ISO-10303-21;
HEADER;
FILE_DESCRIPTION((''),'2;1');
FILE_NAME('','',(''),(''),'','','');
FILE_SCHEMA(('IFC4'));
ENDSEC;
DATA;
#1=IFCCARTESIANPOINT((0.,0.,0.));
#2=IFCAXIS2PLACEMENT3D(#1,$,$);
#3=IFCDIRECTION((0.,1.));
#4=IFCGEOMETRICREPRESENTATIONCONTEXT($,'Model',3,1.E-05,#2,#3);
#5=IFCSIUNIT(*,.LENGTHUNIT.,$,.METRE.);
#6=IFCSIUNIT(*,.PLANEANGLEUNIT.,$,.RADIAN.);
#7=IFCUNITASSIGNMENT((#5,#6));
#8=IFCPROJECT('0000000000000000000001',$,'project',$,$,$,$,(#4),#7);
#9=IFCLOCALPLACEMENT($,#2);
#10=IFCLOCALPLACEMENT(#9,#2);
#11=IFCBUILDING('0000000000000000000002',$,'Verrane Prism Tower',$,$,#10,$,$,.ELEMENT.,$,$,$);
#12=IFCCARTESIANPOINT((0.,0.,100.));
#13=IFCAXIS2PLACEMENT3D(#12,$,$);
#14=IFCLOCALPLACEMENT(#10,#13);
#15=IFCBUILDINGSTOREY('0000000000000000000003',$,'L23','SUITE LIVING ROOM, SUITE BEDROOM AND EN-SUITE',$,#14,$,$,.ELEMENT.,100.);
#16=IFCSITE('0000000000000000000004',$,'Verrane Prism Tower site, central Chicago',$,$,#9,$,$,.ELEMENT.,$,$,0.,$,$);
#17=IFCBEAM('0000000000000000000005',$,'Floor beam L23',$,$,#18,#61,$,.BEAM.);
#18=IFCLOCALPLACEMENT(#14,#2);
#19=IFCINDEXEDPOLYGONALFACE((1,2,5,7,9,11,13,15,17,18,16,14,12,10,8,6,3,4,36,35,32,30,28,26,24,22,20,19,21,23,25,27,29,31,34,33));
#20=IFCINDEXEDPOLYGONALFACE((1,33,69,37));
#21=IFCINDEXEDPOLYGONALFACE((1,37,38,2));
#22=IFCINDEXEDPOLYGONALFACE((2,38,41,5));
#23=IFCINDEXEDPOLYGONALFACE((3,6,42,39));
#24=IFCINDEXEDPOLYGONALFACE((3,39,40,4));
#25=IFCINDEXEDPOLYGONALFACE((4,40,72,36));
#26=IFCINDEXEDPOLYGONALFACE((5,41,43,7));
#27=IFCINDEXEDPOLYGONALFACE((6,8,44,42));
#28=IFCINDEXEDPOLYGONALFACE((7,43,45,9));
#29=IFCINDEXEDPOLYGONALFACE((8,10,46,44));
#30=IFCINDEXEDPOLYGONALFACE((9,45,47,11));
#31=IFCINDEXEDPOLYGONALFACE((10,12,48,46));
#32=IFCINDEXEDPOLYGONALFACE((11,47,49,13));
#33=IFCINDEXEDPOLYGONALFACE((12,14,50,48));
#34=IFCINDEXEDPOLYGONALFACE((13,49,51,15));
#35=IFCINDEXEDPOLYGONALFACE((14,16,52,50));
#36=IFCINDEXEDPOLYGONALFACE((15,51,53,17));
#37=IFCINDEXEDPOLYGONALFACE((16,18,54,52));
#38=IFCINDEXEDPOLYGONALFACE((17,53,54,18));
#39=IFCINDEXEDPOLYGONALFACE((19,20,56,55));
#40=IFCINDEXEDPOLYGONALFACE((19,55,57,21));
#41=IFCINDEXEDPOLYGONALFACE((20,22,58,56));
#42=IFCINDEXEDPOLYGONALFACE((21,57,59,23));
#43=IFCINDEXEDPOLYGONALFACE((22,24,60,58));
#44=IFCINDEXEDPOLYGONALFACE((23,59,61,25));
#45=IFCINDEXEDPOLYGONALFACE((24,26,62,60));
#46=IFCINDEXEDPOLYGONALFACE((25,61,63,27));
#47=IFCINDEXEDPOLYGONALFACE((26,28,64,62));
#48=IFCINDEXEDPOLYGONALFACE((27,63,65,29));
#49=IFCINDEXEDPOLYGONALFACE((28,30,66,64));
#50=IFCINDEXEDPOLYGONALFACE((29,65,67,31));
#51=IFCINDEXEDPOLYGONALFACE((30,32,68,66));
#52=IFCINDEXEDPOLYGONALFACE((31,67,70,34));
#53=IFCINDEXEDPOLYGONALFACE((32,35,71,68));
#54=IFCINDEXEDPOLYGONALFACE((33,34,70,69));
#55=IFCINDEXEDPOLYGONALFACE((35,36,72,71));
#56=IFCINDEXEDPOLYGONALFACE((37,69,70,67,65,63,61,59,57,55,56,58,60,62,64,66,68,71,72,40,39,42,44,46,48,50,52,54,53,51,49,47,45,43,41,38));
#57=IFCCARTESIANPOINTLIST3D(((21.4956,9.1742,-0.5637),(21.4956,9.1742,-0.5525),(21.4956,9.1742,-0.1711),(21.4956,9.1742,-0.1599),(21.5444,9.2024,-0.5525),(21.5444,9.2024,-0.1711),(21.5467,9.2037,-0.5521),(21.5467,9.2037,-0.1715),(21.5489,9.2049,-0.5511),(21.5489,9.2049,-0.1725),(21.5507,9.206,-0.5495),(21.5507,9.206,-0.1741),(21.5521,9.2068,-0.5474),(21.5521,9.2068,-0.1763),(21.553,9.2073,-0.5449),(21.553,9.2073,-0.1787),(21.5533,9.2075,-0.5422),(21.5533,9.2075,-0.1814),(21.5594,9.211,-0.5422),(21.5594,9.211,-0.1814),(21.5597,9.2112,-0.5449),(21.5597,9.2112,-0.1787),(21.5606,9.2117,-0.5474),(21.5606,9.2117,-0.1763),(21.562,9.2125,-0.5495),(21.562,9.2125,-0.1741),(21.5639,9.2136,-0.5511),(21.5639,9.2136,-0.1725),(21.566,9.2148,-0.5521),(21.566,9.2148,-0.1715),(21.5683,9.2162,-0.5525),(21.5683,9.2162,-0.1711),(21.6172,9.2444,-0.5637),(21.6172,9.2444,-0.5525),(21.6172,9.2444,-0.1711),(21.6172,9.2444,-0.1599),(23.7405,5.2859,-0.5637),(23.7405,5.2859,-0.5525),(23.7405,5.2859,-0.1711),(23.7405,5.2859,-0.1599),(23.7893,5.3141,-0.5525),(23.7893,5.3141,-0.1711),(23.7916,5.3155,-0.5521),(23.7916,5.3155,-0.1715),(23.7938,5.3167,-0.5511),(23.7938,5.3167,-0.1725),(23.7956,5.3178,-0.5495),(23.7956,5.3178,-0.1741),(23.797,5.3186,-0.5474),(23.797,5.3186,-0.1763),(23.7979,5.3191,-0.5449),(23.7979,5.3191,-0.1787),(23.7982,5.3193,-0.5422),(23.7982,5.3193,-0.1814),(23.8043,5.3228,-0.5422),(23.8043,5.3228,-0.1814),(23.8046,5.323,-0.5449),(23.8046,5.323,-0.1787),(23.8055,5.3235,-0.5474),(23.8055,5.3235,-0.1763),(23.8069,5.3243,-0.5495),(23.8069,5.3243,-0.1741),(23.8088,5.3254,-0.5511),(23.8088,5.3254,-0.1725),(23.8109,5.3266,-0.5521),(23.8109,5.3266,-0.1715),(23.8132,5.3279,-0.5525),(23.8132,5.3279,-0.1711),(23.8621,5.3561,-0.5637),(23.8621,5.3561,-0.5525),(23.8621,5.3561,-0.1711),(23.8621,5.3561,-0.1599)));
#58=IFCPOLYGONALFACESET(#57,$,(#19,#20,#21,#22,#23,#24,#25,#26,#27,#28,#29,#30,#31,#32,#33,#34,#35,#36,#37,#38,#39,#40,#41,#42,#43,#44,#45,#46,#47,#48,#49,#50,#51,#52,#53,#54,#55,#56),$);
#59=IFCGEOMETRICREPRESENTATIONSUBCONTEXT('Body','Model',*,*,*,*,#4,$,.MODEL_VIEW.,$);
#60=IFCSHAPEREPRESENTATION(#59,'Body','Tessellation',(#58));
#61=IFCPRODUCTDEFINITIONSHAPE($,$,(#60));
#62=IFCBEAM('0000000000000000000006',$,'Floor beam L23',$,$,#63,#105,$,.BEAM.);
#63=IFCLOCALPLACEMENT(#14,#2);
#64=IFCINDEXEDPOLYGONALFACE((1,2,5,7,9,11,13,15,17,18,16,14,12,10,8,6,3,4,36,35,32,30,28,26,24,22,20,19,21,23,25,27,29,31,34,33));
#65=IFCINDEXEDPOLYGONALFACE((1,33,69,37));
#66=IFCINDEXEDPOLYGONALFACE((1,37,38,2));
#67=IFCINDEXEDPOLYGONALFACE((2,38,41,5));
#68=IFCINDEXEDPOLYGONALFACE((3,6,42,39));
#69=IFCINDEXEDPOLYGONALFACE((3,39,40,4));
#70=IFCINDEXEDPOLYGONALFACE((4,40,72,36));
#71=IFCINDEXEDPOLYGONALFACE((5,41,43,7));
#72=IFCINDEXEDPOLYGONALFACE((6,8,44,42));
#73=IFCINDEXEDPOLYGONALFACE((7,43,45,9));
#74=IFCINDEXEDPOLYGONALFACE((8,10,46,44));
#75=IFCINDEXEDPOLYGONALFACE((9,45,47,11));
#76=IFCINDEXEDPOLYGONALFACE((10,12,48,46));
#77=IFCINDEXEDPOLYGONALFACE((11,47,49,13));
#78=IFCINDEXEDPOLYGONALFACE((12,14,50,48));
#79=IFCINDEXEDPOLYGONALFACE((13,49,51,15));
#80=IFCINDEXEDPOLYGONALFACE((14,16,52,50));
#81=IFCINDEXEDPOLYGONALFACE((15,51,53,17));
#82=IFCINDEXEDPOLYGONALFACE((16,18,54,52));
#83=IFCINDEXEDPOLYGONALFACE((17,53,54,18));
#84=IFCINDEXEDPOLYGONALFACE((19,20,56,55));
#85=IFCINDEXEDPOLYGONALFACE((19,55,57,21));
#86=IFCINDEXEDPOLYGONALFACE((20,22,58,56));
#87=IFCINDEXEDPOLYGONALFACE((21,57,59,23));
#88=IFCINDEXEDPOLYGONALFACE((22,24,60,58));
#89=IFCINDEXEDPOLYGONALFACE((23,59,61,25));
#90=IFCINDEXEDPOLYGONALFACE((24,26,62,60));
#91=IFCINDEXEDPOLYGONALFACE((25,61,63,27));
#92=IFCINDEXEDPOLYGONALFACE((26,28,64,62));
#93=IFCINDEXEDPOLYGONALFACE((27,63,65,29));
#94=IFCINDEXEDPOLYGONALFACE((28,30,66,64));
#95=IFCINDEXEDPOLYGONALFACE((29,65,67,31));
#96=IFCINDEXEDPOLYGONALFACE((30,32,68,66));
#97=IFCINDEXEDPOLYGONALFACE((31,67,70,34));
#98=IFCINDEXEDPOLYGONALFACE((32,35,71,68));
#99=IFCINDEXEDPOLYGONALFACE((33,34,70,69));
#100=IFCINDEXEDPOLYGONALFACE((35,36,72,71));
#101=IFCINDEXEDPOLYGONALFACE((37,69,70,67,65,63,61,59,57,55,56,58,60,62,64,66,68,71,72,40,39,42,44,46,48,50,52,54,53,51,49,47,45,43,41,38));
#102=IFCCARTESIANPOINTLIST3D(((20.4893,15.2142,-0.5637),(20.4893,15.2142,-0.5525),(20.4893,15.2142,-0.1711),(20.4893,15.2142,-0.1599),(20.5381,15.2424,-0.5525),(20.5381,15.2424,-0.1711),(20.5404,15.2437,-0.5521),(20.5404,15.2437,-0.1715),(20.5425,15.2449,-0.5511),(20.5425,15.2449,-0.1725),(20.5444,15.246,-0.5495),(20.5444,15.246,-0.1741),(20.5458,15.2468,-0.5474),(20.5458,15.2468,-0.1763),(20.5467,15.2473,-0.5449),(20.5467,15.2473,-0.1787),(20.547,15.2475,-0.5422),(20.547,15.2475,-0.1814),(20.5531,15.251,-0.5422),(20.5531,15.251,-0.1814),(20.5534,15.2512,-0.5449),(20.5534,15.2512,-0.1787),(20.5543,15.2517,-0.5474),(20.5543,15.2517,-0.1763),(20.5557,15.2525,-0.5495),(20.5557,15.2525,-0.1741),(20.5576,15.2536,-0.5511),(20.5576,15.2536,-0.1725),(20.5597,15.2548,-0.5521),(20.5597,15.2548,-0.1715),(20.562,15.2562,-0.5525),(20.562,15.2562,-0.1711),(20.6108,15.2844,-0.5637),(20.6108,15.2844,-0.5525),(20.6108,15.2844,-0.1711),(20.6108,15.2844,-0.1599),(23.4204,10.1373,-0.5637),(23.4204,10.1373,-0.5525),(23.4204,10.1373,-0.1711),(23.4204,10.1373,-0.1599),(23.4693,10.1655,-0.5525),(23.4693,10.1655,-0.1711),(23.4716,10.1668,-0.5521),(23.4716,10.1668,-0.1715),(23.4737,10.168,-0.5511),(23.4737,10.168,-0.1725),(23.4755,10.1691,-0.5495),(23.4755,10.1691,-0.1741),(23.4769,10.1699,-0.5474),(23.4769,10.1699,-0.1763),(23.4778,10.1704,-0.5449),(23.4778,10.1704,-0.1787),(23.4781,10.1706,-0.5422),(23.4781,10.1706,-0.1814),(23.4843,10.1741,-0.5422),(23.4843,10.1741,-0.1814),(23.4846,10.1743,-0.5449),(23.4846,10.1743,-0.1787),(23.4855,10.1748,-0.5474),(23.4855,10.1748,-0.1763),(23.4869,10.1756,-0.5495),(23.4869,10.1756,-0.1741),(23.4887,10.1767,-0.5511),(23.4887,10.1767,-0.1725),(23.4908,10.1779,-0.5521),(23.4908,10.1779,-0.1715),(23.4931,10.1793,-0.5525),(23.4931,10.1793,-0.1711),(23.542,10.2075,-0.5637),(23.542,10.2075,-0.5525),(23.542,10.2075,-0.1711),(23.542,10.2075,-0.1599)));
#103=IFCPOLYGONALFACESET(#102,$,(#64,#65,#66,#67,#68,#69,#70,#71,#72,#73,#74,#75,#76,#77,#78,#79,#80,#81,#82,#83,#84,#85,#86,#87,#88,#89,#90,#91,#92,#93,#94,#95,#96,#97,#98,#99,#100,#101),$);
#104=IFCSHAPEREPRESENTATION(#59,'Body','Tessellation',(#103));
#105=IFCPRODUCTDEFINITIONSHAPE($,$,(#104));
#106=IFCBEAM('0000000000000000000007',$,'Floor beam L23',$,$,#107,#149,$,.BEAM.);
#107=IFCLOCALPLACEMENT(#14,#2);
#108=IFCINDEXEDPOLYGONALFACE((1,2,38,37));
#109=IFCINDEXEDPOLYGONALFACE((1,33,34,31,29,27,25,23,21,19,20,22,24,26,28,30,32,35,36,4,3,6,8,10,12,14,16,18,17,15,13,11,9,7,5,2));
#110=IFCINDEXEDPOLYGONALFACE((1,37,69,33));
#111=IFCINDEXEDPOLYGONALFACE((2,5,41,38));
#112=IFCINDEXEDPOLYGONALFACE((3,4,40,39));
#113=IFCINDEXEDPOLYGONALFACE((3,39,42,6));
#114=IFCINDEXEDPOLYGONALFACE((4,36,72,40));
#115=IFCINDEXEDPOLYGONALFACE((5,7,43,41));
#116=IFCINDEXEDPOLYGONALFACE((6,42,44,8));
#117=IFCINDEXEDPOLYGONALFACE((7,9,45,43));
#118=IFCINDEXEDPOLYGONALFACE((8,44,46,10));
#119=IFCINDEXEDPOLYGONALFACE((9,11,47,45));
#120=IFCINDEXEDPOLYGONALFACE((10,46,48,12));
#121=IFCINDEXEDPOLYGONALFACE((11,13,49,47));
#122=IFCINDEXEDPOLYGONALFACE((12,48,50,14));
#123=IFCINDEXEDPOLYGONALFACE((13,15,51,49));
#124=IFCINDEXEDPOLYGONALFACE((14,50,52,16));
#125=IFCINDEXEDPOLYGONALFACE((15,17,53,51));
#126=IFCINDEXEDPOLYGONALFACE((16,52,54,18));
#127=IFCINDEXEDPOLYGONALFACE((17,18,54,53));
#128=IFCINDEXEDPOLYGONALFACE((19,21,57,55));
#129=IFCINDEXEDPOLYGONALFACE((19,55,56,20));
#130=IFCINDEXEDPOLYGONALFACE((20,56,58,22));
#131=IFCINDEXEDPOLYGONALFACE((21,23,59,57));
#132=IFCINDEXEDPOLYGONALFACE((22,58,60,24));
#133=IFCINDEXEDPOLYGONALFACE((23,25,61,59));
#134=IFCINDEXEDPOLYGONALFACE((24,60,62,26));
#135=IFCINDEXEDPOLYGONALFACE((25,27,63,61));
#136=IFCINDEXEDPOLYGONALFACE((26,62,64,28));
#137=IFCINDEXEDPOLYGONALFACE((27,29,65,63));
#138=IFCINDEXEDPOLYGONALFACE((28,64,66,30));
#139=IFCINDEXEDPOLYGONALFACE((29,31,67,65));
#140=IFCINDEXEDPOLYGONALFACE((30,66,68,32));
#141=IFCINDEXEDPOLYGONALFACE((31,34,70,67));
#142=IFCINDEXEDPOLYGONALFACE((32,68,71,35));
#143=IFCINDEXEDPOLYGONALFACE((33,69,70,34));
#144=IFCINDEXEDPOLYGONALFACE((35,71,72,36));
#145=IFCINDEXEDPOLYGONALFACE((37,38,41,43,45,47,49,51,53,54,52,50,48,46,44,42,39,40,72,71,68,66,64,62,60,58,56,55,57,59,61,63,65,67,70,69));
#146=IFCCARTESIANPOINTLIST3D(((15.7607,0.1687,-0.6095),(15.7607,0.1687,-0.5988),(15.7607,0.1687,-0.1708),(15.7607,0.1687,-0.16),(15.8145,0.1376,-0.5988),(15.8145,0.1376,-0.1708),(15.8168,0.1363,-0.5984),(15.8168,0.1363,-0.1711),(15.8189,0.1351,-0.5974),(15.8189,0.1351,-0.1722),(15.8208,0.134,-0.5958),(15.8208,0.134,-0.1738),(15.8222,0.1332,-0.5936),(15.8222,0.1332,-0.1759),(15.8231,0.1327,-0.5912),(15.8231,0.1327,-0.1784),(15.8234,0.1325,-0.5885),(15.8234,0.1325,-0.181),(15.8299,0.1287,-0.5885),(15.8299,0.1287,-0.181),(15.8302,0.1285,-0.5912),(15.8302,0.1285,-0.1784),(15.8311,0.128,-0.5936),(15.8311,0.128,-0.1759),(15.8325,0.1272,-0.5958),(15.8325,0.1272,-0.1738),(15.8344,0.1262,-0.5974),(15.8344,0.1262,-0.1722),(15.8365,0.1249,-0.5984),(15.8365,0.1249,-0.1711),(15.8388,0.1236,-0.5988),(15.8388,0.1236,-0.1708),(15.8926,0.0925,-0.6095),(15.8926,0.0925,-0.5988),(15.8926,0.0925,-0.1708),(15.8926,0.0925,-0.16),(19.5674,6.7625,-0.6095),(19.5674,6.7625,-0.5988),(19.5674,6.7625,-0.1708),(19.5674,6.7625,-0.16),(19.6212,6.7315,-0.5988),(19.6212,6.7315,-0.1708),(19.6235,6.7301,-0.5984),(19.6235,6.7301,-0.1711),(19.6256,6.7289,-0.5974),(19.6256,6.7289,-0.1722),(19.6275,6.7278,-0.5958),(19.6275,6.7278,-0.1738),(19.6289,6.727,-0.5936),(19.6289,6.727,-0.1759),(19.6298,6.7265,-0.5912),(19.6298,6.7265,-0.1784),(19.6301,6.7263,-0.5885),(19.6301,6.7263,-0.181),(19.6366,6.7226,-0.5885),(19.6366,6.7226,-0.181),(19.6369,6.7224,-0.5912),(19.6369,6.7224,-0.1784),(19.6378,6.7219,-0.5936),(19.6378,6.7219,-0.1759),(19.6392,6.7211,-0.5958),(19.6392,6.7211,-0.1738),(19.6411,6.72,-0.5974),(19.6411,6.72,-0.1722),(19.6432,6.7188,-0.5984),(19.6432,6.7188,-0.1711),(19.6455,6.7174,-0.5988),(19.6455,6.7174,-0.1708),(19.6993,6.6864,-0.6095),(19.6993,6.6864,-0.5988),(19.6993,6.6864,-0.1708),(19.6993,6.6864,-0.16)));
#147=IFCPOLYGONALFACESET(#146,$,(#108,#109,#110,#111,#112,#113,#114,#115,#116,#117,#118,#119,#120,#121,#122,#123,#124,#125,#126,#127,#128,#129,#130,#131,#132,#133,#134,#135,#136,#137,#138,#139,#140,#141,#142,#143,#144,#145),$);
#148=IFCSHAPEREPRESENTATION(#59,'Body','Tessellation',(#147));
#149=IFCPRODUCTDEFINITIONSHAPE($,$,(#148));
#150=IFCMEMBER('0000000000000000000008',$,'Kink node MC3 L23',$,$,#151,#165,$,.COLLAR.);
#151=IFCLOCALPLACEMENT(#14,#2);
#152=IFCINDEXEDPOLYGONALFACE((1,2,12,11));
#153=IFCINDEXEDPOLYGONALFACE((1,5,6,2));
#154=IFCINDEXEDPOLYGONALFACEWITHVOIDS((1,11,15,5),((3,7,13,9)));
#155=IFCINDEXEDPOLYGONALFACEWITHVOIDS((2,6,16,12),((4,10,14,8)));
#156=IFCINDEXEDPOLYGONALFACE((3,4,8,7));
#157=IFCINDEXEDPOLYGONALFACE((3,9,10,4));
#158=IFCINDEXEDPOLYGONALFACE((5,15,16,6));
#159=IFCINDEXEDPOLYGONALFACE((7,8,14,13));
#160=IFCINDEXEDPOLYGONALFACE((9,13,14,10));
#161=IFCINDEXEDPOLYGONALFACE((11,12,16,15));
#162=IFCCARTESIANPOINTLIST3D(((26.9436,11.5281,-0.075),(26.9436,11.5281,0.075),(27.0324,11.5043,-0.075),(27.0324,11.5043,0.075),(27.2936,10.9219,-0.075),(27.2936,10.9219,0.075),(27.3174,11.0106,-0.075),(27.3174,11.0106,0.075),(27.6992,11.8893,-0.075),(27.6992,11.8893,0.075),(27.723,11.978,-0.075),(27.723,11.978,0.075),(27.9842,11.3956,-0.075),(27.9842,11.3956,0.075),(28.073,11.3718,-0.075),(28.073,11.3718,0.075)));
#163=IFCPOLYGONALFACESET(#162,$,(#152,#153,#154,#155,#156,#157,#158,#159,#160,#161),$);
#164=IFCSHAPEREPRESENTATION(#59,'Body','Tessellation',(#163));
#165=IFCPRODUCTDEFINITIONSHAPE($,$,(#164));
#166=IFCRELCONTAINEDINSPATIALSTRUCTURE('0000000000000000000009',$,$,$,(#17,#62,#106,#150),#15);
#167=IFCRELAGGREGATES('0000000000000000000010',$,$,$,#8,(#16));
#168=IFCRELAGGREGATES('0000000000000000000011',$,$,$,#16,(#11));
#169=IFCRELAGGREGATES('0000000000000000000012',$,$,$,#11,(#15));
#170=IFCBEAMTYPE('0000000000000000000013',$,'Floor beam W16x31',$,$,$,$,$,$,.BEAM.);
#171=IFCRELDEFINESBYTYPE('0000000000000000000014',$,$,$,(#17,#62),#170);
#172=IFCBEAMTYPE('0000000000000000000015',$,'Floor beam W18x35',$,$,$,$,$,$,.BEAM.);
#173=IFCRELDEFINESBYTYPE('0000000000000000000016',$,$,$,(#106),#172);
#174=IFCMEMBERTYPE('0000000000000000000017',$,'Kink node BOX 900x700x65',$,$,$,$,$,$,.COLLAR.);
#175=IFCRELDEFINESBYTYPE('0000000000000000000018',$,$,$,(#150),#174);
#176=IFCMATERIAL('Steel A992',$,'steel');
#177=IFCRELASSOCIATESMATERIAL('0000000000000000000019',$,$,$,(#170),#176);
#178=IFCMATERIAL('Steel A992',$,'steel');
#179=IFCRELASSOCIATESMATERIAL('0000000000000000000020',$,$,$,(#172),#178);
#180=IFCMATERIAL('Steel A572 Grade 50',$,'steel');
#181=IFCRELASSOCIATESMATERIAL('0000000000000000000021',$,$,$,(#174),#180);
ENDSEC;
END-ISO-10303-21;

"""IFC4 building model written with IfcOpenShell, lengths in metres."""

from ifc_helpers import new_model, si_unit, direction, frame, origin, origin_2d, place, context, subcontext, project, spatial, hollow_rectangle, i_section, extrude, material, material_profile, profile_set, type_object, element, save


model = new_model("IFC4")

# Units and contexts
model_context = context("Model", 3, precision=1e-05, world=origin(), true_north=direction((0.0, 1.0)))
body_context = subcontext(model_context, "Body", "Model", "MODEL_VIEW")
ifc_project = project(units=[si_unit("LENGTHUNIT", "METRE"), si_unit("PLANEANGLEUNIT", "RADIAN")], contexts=[model_context])

# Site, building, storey
site_placement = place(None, origin())
site = spatial("IfcSite", under=ifc_project, at=site_placement, Name="Verrane Prism Tower site, central Chicago", CompositionType="ELEMENT", RefElevation=0.0)
building_placement = place(site_placement, origin())
building = spatial("IfcBuilding", under=site, at=building_placement, Name="Verrane Prism Tower", CompositionType="ELEMENT")
storey_placement = place(building_placement, frame((0.0, 0.0, 100.0)))
storey = spatial("IfcBuildingStorey", under=building, at=storey_placement, Name="L23", Description="SUITE LIVING ROOM, SUITE BEDROOM AND EN-SUITE", CompositionType="ELEMENT", Elevation=100.0)

# Beams
ifc_material_1 = material(Name="Steel A992", Category="steel")
ifc_material_profile_1 = material_profile(ifc_material_1, i_section(OverallWidth=0.1404, OverallDepth=0.4038, WebThickness=0.0071, FlangeThickness=0.0112, FilletRadius=0.0103, at=origin_2d()), Name="W16x31")
ifc_profile_set_1 = profile_set([ifc_material_profile_1], Name="Steel A992")
beam_type_1 = type_object("IfcBeamType", Name="Floor beam W16x31", PredefinedType="BEAM", material=ifc_profile_set_1)
beam_1_placement = place(storey_placement, frame((23.8013, 5.321, -0.3618), z_axis=(-0.500005, 0.866023, 0.0), x_axis=(-0.866023, -0.500005, 0.0)))
element("IfcBeam", 1, at=beam_1_placement, inside=storey, type_object=beam_type_1, Name="Floor beam L23", PredefinedType="BEAM", context=body_context, shape_type="SweptSolid", body=[
    extrude(i_section(OverallWidth=0.1404, OverallDepth=0.4038, WebThickness=0.0071, FlangeThickness=0.0112, FilletRadius=0.0103, at=origin_2d()), origin(), (0.0, 0.0, 1.0), 4.4897),
])
beam_2_placement = place(storey_placement, frame((23.4812, 10.1724, -0.3618), z_axis=(-0.5, 0.866025, 0.0), x_axis=(-0.866025, -0.5, 0.0)))
element("IfcBeam", 2, at=beam_2_placement, inside=storey, type_object=beam_type_1, Name="Floor beam L23", PredefinedType="BEAM", context=body_context, shape_type="SweptSolid", body=[
    extrude(i_section(OverallWidth=0.1404, OverallDepth=0.4038, WebThickness=0.0071, FlangeThickness=0.0112, FilletRadius=0.0103, at=origin_2d()), origin(), (0.0, 0.0, 1.0), 5.8623),
])
ifc_material_2 = material(Name="Steel A992", Category="steel")
ifc_material_profile_2 = material_profile(ifc_material_2, i_section(OverallWidth=0.1523, OverallDepth=0.4495, WebThickness=0.0076, FlangeThickness=0.0107, FilletRadius=0.0103, at=origin_2d()), Name="W18x35")
ifc_profile_set_2 = profile_set([ifc_material_profile_2], Name="Steel A992")
beam_type_2 = type_object("IfcBeamType", Name="Floor beam W18x35", PredefinedType="BEAM", material=ifc_profile_set_2)
beam_3_placement = place(storey_placement, frame((15.8267, 0.1306, -0.3848), z_axis=(0.499974, 0.86604, 0.0), x_axis=(-0.86604, 0.499974, 0.0)))
element("IfcBeam", 3, at=beam_3_placement, inside=storey, type_object=beam_type_2, Name="Floor beam L23", PredefinedType="BEAM", context=body_context, shape_type="SweptSolid", body=[
    extrude(i_section(OverallWidth=0.1523, OverallDepth=0.4495, WebThickness=0.0076, FlangeThickness=0.0107, FilletRadius=0.0103, at=origin_2d()), origin(), (0.0, 0.0, 1.0), 7.6138),
])

# Member
ifc_material_3 = material(Name="Steel A572 Grade 50", Category="steel")
ifc_material_profile_3 = material_profile(ifc_material_3, hollow_rectangle(XDim=0.7, YDim=0.8999, WallThickness=0.0649, at=origin_2d()), Name="BOX 900x700x65")
ifc_profile_set_3 = profile_set([ifc_material_profile_3], Name="Steel A572 Grade 50")
member_type_1 = type_object("IfcMemberType", Name="Kink node BOX 900x700x65", PredefinedType="COLLAR", material=ifc_profile_set_3)
member_1_placement = place(storey_placement, frame((27.5083, 11.45, -0.075), z_axis=(0.0, 0.0, 1.0), x_axis=(0.5, -0.866025, 0.0)))
element("IfcMember", 4, at=member_1_placement, inside=storey, type_object=member_type_1, Name="Kink node MC3 L23", PredefinedType="COLLAR", context=body_context, shape_type="SweptSolid", body=[
    extrude(hollow_rectangle(XDim=0.7, YDim=0.8999, WallThickness=0.0649, at=origin_2d()), origin(), (0.0, 0.0, 1.0), 0.1499),
])

save(model, "model.ifc")
